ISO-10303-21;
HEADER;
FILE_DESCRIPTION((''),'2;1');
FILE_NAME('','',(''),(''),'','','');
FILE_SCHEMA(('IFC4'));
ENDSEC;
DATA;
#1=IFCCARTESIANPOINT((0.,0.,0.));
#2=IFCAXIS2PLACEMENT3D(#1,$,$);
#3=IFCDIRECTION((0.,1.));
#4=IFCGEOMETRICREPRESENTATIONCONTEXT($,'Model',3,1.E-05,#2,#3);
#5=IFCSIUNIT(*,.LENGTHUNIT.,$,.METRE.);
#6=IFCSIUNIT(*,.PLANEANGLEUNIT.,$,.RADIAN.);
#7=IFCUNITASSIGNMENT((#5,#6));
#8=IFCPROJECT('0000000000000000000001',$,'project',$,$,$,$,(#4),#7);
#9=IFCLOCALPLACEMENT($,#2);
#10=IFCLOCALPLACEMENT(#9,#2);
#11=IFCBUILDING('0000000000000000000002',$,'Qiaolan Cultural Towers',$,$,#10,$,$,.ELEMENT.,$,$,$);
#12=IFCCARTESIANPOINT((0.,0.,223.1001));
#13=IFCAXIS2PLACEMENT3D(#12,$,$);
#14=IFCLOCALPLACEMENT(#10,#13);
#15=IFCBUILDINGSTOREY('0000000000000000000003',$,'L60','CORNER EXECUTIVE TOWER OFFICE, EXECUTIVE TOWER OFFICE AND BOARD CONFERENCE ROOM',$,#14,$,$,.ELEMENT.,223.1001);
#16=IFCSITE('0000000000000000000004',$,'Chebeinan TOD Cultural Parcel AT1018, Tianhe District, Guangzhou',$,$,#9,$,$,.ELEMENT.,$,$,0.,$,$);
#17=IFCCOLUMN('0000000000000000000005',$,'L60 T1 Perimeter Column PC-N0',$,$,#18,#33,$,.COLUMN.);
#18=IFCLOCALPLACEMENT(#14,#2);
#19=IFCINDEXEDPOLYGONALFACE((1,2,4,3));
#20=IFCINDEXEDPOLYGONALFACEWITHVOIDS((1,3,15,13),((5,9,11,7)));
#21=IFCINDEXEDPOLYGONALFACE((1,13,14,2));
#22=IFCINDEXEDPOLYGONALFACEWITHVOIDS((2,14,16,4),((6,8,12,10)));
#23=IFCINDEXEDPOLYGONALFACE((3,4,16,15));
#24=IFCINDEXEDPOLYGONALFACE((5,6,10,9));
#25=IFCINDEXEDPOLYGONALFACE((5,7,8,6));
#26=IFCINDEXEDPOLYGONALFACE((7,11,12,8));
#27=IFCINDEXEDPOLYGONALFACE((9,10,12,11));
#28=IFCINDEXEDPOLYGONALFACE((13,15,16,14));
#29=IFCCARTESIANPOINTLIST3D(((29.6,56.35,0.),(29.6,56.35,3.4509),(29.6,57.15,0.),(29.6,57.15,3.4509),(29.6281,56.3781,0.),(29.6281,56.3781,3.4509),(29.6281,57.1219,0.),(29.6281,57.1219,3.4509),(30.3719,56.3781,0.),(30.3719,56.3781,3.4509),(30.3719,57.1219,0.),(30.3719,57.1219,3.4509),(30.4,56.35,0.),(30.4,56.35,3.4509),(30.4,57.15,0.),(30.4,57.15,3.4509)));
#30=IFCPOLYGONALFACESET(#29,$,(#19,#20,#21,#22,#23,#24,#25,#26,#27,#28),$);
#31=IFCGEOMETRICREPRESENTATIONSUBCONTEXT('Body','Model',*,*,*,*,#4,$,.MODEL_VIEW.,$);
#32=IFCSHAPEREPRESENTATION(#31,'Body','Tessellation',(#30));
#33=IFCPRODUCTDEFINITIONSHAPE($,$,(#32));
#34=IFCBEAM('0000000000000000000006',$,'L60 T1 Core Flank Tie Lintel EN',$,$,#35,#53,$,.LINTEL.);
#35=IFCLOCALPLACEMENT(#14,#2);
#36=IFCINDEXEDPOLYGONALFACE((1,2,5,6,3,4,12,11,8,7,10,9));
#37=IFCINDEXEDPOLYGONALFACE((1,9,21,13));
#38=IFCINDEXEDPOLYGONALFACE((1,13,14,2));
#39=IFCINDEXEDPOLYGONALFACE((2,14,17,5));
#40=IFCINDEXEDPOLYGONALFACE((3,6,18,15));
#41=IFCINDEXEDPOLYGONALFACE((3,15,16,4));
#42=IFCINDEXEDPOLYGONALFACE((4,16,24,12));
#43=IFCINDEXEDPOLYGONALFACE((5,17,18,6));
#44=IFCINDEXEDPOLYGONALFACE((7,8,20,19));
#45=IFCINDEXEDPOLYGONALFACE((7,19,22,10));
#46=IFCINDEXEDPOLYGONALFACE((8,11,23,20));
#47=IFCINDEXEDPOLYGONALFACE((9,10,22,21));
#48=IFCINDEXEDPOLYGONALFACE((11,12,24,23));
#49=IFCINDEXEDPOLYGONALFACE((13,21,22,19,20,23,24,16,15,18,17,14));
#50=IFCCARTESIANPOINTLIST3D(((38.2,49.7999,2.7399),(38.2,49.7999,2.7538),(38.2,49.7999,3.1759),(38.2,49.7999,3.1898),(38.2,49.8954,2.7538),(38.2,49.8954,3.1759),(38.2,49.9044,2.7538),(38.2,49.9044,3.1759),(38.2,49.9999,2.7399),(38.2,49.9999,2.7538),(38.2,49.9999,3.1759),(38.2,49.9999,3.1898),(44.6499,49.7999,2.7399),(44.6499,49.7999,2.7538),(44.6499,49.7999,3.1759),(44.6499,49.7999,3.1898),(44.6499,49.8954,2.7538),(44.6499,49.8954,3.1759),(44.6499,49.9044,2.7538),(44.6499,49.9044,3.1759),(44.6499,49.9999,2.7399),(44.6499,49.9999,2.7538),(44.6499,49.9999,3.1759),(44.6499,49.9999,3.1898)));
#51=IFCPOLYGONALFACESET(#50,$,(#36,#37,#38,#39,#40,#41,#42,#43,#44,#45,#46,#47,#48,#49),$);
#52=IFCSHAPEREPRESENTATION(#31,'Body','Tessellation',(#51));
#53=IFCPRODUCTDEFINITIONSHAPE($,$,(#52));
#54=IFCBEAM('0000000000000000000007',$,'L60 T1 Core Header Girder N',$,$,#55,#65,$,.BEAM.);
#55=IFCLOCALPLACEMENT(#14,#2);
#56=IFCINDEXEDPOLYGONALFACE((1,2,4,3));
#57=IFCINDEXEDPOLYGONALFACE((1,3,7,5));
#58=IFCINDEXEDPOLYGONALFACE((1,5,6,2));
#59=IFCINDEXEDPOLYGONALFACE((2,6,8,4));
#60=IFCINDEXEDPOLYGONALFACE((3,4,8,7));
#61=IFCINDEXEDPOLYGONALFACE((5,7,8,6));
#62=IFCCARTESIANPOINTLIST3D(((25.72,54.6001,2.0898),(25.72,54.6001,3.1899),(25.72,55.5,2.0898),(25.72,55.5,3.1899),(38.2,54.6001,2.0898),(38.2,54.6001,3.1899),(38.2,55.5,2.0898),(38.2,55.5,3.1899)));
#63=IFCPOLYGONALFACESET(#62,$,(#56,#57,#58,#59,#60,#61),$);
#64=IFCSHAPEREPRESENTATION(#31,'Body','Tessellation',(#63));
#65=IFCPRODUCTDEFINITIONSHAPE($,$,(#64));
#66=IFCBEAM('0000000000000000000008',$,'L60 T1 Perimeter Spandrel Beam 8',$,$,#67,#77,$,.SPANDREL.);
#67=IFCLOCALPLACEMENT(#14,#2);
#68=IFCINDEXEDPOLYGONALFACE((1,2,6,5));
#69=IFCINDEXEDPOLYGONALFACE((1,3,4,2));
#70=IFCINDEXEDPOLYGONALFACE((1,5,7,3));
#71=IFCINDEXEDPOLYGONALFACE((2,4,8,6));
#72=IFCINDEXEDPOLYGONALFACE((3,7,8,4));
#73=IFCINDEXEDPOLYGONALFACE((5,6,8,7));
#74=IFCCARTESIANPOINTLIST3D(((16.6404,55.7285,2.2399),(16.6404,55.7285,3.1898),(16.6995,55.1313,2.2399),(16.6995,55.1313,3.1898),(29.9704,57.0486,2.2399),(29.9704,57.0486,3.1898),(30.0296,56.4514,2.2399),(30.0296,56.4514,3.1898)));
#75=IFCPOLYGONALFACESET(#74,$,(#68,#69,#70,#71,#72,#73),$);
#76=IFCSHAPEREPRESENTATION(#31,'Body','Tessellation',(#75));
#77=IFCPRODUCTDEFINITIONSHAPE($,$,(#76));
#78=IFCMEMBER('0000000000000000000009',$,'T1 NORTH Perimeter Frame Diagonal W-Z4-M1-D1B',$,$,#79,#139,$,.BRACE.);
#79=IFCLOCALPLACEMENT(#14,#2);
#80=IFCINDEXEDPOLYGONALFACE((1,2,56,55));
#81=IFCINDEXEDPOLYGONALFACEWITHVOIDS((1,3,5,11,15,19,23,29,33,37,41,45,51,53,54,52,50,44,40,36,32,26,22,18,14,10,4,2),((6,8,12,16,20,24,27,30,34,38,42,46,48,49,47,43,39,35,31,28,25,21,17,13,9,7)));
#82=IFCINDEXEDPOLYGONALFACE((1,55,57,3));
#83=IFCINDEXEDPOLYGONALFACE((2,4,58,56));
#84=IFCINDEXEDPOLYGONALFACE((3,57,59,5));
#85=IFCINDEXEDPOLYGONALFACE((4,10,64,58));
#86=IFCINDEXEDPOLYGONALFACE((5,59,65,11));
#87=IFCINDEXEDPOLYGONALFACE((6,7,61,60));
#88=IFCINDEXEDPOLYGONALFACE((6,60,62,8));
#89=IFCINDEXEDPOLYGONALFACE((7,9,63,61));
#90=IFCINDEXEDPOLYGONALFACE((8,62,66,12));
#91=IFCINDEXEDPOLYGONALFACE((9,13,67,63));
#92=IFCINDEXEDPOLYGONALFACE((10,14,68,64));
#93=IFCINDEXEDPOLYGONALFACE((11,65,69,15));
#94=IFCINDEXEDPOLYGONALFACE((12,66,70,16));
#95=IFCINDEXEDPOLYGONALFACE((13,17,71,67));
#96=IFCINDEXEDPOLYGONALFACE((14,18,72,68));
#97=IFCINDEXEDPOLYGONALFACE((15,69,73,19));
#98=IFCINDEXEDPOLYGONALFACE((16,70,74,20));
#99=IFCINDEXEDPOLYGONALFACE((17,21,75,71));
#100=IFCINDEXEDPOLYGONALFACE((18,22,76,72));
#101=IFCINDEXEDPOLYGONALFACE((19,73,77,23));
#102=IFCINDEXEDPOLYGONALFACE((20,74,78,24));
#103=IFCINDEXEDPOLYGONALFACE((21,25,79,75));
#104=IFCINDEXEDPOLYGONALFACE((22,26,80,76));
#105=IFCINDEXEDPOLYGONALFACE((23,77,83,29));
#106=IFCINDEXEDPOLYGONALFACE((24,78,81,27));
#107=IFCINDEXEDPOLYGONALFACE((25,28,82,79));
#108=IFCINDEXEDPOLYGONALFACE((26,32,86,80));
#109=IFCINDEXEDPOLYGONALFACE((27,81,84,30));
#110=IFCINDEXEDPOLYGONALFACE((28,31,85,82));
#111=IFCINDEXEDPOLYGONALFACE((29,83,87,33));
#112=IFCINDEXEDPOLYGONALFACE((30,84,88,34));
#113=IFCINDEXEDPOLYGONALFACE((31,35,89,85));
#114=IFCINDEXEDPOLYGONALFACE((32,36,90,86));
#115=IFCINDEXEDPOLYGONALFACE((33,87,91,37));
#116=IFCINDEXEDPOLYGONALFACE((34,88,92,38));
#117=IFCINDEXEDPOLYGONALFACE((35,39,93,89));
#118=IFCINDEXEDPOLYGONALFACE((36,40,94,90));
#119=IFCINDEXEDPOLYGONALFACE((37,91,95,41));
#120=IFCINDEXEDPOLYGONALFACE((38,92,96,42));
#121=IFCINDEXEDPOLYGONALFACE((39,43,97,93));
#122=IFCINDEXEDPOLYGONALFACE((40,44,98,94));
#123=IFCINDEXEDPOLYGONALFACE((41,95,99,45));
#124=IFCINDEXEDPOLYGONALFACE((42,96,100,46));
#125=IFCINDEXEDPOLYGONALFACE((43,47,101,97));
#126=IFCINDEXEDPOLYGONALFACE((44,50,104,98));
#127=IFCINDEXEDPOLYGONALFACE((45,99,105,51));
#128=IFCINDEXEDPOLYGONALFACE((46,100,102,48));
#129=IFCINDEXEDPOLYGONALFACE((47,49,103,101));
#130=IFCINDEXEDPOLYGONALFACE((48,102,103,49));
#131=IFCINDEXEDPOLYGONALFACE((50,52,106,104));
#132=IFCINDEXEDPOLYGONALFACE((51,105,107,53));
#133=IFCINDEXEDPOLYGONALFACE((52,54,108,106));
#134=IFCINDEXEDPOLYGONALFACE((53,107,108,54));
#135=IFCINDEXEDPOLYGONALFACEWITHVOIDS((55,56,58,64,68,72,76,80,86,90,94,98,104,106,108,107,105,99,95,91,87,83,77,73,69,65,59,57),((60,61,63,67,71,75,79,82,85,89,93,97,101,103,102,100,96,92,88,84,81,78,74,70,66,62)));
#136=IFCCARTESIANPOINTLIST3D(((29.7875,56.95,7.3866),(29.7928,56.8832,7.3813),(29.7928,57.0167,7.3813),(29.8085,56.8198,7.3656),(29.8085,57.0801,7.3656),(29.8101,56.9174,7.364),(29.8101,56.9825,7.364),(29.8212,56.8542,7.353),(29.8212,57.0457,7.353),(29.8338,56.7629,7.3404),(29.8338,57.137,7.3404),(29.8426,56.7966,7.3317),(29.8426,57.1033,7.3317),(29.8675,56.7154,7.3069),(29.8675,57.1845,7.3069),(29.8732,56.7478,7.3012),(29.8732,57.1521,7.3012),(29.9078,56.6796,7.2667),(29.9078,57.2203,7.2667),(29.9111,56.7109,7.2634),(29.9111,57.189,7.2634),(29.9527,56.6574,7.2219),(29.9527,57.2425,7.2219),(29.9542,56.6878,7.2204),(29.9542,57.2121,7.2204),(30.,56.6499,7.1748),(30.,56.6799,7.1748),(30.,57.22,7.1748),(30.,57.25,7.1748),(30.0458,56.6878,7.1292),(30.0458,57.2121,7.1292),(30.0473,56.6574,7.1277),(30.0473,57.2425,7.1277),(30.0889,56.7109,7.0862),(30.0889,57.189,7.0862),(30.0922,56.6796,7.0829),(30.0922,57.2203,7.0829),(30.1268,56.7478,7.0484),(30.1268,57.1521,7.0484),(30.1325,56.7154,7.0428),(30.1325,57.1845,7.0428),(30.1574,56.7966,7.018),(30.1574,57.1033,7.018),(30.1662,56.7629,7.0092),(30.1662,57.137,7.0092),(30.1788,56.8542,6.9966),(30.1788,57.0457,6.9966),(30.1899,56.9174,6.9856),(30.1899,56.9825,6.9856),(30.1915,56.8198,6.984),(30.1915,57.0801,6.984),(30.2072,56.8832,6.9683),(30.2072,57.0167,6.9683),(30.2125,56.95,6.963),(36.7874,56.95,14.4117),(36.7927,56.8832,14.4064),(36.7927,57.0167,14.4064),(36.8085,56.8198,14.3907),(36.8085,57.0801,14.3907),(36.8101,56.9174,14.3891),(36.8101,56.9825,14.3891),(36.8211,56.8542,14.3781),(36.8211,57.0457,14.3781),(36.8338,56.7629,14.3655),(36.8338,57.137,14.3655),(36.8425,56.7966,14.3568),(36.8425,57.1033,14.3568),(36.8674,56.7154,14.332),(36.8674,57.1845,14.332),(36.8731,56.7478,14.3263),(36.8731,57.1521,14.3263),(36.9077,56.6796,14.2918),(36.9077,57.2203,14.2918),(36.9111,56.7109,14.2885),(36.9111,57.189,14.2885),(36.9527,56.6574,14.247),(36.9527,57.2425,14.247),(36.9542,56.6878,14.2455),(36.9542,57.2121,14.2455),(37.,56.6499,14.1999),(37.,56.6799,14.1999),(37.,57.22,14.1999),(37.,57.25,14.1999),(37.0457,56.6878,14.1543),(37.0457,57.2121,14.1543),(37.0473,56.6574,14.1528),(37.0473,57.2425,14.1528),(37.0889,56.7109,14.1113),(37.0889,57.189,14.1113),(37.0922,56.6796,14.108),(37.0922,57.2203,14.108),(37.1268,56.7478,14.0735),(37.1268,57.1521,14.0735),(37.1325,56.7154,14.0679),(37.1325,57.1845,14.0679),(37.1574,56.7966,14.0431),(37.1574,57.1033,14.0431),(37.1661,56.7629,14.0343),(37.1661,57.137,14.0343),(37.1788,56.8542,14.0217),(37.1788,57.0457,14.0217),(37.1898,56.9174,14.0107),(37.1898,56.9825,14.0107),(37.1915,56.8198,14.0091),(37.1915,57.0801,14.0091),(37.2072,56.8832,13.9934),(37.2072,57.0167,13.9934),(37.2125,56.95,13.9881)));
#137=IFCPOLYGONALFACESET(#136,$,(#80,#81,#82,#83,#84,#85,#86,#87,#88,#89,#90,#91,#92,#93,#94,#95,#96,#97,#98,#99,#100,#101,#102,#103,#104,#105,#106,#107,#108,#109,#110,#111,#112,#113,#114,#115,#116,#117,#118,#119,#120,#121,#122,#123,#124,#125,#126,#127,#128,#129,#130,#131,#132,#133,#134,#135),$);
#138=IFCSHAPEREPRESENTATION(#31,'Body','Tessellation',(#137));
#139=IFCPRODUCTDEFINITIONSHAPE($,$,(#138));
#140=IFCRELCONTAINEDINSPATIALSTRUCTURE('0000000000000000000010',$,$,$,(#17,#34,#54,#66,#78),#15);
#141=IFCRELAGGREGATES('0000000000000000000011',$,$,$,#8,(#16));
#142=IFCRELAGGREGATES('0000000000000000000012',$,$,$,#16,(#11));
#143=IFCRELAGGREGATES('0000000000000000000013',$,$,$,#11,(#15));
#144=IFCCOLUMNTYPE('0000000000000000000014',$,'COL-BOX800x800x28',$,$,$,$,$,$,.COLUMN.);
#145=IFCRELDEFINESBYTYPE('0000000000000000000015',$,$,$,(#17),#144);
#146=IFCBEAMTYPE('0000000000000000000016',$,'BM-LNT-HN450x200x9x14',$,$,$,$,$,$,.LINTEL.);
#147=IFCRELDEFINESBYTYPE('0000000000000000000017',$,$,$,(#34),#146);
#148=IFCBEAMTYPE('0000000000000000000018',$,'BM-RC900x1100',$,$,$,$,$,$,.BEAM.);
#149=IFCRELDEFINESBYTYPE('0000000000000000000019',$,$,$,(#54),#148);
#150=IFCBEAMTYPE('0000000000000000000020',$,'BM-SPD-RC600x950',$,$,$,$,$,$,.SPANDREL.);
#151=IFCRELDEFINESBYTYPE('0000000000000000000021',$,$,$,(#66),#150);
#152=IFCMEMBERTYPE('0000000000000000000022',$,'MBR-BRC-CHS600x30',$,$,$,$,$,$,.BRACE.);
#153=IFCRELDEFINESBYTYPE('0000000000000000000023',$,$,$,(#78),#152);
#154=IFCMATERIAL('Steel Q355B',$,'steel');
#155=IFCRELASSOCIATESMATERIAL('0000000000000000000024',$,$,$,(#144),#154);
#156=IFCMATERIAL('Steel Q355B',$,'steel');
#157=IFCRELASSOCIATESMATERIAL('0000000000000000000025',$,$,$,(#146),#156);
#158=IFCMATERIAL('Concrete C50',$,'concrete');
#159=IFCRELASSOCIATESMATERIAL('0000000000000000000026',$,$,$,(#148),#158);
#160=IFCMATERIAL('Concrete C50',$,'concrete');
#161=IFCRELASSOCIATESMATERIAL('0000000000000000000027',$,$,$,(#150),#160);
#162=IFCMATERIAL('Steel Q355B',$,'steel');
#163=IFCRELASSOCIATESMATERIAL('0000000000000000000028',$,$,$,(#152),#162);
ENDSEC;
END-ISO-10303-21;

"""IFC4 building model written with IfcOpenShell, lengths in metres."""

from ifc_helpers import new_model, si_unit, direction, frame, origin, origin_2d, place, context, subcontext, project, spatial, rectangle, hollow_rectangle, hollow_circle, i_section, extrude, material, material_profile, profile_set, type_object, element, save


model = new_model("IFC4")

# Units and contexts
model_context = context("Model", 3, precision=1e-05, world=origin(), true_north=direction((0.0, 1.0)))
body_context = subcontext(model_context, "Body", "Model", "MODEL_VIEW")
ifc_project = project(units=[si_unit("LENGTHUNIT", "METRE"), si_unit("PLANEANGLEUNIT", "RADIAN")], contexts=[model_context])

# Site, building, storey
site_placement = place(None, origin())
site = spatial("IfcSite", under=ifc_project, at=site_placement, Name="Chebeinan TOD Cultural Parcel AT1018, Tianhe District, Guangzhou", CompositionType="ELEMENT", RefElevation=0.0)
building_placement = place(site_placement, origin())
building = spatial("IfcBuilding", under=site, at=building_placement, Name="Qiaolan Cultural Towers", CompositionType="ELEMENT")
storey_placement = place(building_placement, frame((0.0, 0.0, 223.1001)))
storey = spatial("IfcBuildingStorey", under=building, at=storey_placement, Name="L60", Description="CORNER EXECUTIVE TOWER OFFICE, EXECUTIVE TOWER OFFICE AND BOARD CONFERENCE ROOM", CompositionType="ELEMENT", Elevation=223.1001)

# Column
ifc_material_1 = material(Name="Steel Q355B", Category="steel")
ifc_material_profile_1 = material_profile(ifc_material_1, hollow_rectangle(XDim=0.8, YDim=0.8, WallThickness=0.0281, at=origin_2d()), Name="BOX800x800x28")
ifc_profile_set_1 = profile_set([ifc_material_profile_1], Name="Steel Q355B")
column_type = type_object("IfcColumnType", Name="COL-BOX800x800x28", PredefinedType="COLUMN", material=ifc_profile_set_1)
column_placement = place(storey_placement, frame((30.0, 56.75, 0.0), z_axis=(0.0, 0.0, 1.0), x_axis=(1.0, 0.0, 0.0)))
element("IfcColumn", 1, at=column_placement, inside=storey, type_object=column_type, Name="L60 T1 Perimeter Column PC-N0", PredefinedType="COLUMN", context=body_context, shape_type="SweptSolid", body=[
    extrude(hollow_rectangle(XDim=0.8, YDim=0.8, WallThickness=0.0281, at=origin_2d()), origin(), (0.0, 0.0, 1.0), 3.4509),
])

# Beams
ifc_material_2 = material(Name="Steel Q355B", Category="steel")
ifc_material_profile_2 = material_profile(ifc_material_2, i_section(OverallWidth=0.2, OverallDepth=0.45, WebThickness=0.009, FlangeThickness=0.0139, at=origin_2d()), Name="HN450x200x9x14")
ifc_profile_set_2 = profile_set([ifc_material_profile_2], Name="Steel Q355B")
beam_type_1 = type_object("IfcBeamType", Name="BM-LNT-HN450x200x9x14", PredefinedType="LINTEL", material=ifc_profile_set_2)
beam_1_placement = place(storey_placement, frame((38.2, 49.8999, 2.9648), z_axis=(1.0, 0.0, 0.0), x_axis=(0.0, 1.0, 0.0)))
element("IfcBeam", 2, at=beam_1_placement, inside=storey, type_object=beam_type_1, Name="L60 T1 Core Flank Tie Lintel EN", PredefinedType="LINTEL", context=body_context, shape_type="SweptSolid", body=[
    extrude(i_section(OverallWidth=0.2, OverallDepth=0.45, WebThickness=0.009, FlangeThickness=0.0139, at=origin_2d()), origin(), (0.0, 0.0, 1.0), 6.45),
])
ifc_material_3 = material(Name="Concrete C50", Category="concrete")
ifc_material_profile_3 = material_profile(ifc_material_3, rectangle(XDim=0.8999, YDim=1.1001, at=origin_2d()), Name="RC900x1100")
ifc_profile_set_3 = profile_set([ifc_material_profile_3], Name="Concrete C50")
beam_type_2 = type_object("IfcBeamType", Name="BM-RC900x1100", PredefinedType="BEAM", material=ifc_profile_set_3)
beam_2_placement = place(storey_placement, frame((25.72, 55.05, 2.6399), z_axis=(1.0, 0.0, 0.0), x_axis=(0.0, 1.0, 0.0)))
element("IfcBeam", 3, at=beam_2_placement, inside=storey, type_object=beam_type_2, Name="L60 T1 Core Header Girder N", PredefinedType="BEAM", context=body_context, shape_type="SweptSolid", body=[
    extrude(rectangle(XDim=0.8999, YDim=1.1001, at=origin_2d()), origin(), (0.0, 0.0, 1.0), 12.48),
])
ifc_material_4 = material(Name="Concrete C50", Category="concrete")
ifc_material_profile_4 = material_profile(ifc_material_4, rectangle(XDim=0.6001, YDim=0.95, at=origin_2d()), Name="RC600x950")
ifc_profile_set_4 = profile_set([ifc_material_profile_4], Name="Concrete C50")
beam_type_3 = type_object("IfcBeamType", Name="BM-SPD-RC600x950", PredefinedType="SPANDREL", material=ifc_profile_set_4)
beam_3_placement = place(storey_placement, frame((30.0, 56.75, 2.7148), z_axis=(-0.995132, -0.098547, 0.0), x_axis=(0.098547, -0.995132, 0.0)))
element("IfcBeam", 4, at=beam_3_placement, inside=storey, type_object=beam_type_3, Name="L60 T1 Perimeter Spandrel Beam 8", PredefinedType="SPANDREL", context=body_context, shape_type="SweptSolid", body=[
    extrude(rectangle(XDim=0.6001, YDim=0.95, at=origin_2d()), origin(), (0.0, 0.0, 1.0), 13.3953),
])

# Member
ifc_material_5 = material(Name="Steel Q355B", Category="steel")
ifc_material_profile_5 = material_profile(ifc_material_5, hollow_circle(Radius=0.3, WallThickness=0.03, at=origin_2d()), Name="CHS600x30")
ifc_profile_set_5 = profile_set([ifc_material_profile_5], Name="Steel Q355B")
member_type = type_object("IfcMemberType", Name="MBR-BRC-CHS600x30", PredefinedType="BRACE", material=ifc_profile_set_5)
for number, where, z_axis, x_axis, name in (
    (5, (30.0, 56.95, 7.1748), (0.705838, 0.0, 0.708373), (0.0, 1.0, 0.0), "T1 NORTH Perimeter Frame Diagonal W-Z4-M1-D1B"),
):
    element("IfcMember", number, at=place(storey_placement, frame(where, z_axis=z_axis, x_axis=x_axis)), inside=storey, type_object=member_type, Name=name, PredefinedType="BRACE", context=body_context, shape_type="SweptSolid", body=[
        extrude(hollow_circle(Radius=0.3, WallThickness=0.03, at=origin_2d()), origin(), (0.0, 0.0, 1.0), 9.9172),
    ])

save(model, "model.ifc")
